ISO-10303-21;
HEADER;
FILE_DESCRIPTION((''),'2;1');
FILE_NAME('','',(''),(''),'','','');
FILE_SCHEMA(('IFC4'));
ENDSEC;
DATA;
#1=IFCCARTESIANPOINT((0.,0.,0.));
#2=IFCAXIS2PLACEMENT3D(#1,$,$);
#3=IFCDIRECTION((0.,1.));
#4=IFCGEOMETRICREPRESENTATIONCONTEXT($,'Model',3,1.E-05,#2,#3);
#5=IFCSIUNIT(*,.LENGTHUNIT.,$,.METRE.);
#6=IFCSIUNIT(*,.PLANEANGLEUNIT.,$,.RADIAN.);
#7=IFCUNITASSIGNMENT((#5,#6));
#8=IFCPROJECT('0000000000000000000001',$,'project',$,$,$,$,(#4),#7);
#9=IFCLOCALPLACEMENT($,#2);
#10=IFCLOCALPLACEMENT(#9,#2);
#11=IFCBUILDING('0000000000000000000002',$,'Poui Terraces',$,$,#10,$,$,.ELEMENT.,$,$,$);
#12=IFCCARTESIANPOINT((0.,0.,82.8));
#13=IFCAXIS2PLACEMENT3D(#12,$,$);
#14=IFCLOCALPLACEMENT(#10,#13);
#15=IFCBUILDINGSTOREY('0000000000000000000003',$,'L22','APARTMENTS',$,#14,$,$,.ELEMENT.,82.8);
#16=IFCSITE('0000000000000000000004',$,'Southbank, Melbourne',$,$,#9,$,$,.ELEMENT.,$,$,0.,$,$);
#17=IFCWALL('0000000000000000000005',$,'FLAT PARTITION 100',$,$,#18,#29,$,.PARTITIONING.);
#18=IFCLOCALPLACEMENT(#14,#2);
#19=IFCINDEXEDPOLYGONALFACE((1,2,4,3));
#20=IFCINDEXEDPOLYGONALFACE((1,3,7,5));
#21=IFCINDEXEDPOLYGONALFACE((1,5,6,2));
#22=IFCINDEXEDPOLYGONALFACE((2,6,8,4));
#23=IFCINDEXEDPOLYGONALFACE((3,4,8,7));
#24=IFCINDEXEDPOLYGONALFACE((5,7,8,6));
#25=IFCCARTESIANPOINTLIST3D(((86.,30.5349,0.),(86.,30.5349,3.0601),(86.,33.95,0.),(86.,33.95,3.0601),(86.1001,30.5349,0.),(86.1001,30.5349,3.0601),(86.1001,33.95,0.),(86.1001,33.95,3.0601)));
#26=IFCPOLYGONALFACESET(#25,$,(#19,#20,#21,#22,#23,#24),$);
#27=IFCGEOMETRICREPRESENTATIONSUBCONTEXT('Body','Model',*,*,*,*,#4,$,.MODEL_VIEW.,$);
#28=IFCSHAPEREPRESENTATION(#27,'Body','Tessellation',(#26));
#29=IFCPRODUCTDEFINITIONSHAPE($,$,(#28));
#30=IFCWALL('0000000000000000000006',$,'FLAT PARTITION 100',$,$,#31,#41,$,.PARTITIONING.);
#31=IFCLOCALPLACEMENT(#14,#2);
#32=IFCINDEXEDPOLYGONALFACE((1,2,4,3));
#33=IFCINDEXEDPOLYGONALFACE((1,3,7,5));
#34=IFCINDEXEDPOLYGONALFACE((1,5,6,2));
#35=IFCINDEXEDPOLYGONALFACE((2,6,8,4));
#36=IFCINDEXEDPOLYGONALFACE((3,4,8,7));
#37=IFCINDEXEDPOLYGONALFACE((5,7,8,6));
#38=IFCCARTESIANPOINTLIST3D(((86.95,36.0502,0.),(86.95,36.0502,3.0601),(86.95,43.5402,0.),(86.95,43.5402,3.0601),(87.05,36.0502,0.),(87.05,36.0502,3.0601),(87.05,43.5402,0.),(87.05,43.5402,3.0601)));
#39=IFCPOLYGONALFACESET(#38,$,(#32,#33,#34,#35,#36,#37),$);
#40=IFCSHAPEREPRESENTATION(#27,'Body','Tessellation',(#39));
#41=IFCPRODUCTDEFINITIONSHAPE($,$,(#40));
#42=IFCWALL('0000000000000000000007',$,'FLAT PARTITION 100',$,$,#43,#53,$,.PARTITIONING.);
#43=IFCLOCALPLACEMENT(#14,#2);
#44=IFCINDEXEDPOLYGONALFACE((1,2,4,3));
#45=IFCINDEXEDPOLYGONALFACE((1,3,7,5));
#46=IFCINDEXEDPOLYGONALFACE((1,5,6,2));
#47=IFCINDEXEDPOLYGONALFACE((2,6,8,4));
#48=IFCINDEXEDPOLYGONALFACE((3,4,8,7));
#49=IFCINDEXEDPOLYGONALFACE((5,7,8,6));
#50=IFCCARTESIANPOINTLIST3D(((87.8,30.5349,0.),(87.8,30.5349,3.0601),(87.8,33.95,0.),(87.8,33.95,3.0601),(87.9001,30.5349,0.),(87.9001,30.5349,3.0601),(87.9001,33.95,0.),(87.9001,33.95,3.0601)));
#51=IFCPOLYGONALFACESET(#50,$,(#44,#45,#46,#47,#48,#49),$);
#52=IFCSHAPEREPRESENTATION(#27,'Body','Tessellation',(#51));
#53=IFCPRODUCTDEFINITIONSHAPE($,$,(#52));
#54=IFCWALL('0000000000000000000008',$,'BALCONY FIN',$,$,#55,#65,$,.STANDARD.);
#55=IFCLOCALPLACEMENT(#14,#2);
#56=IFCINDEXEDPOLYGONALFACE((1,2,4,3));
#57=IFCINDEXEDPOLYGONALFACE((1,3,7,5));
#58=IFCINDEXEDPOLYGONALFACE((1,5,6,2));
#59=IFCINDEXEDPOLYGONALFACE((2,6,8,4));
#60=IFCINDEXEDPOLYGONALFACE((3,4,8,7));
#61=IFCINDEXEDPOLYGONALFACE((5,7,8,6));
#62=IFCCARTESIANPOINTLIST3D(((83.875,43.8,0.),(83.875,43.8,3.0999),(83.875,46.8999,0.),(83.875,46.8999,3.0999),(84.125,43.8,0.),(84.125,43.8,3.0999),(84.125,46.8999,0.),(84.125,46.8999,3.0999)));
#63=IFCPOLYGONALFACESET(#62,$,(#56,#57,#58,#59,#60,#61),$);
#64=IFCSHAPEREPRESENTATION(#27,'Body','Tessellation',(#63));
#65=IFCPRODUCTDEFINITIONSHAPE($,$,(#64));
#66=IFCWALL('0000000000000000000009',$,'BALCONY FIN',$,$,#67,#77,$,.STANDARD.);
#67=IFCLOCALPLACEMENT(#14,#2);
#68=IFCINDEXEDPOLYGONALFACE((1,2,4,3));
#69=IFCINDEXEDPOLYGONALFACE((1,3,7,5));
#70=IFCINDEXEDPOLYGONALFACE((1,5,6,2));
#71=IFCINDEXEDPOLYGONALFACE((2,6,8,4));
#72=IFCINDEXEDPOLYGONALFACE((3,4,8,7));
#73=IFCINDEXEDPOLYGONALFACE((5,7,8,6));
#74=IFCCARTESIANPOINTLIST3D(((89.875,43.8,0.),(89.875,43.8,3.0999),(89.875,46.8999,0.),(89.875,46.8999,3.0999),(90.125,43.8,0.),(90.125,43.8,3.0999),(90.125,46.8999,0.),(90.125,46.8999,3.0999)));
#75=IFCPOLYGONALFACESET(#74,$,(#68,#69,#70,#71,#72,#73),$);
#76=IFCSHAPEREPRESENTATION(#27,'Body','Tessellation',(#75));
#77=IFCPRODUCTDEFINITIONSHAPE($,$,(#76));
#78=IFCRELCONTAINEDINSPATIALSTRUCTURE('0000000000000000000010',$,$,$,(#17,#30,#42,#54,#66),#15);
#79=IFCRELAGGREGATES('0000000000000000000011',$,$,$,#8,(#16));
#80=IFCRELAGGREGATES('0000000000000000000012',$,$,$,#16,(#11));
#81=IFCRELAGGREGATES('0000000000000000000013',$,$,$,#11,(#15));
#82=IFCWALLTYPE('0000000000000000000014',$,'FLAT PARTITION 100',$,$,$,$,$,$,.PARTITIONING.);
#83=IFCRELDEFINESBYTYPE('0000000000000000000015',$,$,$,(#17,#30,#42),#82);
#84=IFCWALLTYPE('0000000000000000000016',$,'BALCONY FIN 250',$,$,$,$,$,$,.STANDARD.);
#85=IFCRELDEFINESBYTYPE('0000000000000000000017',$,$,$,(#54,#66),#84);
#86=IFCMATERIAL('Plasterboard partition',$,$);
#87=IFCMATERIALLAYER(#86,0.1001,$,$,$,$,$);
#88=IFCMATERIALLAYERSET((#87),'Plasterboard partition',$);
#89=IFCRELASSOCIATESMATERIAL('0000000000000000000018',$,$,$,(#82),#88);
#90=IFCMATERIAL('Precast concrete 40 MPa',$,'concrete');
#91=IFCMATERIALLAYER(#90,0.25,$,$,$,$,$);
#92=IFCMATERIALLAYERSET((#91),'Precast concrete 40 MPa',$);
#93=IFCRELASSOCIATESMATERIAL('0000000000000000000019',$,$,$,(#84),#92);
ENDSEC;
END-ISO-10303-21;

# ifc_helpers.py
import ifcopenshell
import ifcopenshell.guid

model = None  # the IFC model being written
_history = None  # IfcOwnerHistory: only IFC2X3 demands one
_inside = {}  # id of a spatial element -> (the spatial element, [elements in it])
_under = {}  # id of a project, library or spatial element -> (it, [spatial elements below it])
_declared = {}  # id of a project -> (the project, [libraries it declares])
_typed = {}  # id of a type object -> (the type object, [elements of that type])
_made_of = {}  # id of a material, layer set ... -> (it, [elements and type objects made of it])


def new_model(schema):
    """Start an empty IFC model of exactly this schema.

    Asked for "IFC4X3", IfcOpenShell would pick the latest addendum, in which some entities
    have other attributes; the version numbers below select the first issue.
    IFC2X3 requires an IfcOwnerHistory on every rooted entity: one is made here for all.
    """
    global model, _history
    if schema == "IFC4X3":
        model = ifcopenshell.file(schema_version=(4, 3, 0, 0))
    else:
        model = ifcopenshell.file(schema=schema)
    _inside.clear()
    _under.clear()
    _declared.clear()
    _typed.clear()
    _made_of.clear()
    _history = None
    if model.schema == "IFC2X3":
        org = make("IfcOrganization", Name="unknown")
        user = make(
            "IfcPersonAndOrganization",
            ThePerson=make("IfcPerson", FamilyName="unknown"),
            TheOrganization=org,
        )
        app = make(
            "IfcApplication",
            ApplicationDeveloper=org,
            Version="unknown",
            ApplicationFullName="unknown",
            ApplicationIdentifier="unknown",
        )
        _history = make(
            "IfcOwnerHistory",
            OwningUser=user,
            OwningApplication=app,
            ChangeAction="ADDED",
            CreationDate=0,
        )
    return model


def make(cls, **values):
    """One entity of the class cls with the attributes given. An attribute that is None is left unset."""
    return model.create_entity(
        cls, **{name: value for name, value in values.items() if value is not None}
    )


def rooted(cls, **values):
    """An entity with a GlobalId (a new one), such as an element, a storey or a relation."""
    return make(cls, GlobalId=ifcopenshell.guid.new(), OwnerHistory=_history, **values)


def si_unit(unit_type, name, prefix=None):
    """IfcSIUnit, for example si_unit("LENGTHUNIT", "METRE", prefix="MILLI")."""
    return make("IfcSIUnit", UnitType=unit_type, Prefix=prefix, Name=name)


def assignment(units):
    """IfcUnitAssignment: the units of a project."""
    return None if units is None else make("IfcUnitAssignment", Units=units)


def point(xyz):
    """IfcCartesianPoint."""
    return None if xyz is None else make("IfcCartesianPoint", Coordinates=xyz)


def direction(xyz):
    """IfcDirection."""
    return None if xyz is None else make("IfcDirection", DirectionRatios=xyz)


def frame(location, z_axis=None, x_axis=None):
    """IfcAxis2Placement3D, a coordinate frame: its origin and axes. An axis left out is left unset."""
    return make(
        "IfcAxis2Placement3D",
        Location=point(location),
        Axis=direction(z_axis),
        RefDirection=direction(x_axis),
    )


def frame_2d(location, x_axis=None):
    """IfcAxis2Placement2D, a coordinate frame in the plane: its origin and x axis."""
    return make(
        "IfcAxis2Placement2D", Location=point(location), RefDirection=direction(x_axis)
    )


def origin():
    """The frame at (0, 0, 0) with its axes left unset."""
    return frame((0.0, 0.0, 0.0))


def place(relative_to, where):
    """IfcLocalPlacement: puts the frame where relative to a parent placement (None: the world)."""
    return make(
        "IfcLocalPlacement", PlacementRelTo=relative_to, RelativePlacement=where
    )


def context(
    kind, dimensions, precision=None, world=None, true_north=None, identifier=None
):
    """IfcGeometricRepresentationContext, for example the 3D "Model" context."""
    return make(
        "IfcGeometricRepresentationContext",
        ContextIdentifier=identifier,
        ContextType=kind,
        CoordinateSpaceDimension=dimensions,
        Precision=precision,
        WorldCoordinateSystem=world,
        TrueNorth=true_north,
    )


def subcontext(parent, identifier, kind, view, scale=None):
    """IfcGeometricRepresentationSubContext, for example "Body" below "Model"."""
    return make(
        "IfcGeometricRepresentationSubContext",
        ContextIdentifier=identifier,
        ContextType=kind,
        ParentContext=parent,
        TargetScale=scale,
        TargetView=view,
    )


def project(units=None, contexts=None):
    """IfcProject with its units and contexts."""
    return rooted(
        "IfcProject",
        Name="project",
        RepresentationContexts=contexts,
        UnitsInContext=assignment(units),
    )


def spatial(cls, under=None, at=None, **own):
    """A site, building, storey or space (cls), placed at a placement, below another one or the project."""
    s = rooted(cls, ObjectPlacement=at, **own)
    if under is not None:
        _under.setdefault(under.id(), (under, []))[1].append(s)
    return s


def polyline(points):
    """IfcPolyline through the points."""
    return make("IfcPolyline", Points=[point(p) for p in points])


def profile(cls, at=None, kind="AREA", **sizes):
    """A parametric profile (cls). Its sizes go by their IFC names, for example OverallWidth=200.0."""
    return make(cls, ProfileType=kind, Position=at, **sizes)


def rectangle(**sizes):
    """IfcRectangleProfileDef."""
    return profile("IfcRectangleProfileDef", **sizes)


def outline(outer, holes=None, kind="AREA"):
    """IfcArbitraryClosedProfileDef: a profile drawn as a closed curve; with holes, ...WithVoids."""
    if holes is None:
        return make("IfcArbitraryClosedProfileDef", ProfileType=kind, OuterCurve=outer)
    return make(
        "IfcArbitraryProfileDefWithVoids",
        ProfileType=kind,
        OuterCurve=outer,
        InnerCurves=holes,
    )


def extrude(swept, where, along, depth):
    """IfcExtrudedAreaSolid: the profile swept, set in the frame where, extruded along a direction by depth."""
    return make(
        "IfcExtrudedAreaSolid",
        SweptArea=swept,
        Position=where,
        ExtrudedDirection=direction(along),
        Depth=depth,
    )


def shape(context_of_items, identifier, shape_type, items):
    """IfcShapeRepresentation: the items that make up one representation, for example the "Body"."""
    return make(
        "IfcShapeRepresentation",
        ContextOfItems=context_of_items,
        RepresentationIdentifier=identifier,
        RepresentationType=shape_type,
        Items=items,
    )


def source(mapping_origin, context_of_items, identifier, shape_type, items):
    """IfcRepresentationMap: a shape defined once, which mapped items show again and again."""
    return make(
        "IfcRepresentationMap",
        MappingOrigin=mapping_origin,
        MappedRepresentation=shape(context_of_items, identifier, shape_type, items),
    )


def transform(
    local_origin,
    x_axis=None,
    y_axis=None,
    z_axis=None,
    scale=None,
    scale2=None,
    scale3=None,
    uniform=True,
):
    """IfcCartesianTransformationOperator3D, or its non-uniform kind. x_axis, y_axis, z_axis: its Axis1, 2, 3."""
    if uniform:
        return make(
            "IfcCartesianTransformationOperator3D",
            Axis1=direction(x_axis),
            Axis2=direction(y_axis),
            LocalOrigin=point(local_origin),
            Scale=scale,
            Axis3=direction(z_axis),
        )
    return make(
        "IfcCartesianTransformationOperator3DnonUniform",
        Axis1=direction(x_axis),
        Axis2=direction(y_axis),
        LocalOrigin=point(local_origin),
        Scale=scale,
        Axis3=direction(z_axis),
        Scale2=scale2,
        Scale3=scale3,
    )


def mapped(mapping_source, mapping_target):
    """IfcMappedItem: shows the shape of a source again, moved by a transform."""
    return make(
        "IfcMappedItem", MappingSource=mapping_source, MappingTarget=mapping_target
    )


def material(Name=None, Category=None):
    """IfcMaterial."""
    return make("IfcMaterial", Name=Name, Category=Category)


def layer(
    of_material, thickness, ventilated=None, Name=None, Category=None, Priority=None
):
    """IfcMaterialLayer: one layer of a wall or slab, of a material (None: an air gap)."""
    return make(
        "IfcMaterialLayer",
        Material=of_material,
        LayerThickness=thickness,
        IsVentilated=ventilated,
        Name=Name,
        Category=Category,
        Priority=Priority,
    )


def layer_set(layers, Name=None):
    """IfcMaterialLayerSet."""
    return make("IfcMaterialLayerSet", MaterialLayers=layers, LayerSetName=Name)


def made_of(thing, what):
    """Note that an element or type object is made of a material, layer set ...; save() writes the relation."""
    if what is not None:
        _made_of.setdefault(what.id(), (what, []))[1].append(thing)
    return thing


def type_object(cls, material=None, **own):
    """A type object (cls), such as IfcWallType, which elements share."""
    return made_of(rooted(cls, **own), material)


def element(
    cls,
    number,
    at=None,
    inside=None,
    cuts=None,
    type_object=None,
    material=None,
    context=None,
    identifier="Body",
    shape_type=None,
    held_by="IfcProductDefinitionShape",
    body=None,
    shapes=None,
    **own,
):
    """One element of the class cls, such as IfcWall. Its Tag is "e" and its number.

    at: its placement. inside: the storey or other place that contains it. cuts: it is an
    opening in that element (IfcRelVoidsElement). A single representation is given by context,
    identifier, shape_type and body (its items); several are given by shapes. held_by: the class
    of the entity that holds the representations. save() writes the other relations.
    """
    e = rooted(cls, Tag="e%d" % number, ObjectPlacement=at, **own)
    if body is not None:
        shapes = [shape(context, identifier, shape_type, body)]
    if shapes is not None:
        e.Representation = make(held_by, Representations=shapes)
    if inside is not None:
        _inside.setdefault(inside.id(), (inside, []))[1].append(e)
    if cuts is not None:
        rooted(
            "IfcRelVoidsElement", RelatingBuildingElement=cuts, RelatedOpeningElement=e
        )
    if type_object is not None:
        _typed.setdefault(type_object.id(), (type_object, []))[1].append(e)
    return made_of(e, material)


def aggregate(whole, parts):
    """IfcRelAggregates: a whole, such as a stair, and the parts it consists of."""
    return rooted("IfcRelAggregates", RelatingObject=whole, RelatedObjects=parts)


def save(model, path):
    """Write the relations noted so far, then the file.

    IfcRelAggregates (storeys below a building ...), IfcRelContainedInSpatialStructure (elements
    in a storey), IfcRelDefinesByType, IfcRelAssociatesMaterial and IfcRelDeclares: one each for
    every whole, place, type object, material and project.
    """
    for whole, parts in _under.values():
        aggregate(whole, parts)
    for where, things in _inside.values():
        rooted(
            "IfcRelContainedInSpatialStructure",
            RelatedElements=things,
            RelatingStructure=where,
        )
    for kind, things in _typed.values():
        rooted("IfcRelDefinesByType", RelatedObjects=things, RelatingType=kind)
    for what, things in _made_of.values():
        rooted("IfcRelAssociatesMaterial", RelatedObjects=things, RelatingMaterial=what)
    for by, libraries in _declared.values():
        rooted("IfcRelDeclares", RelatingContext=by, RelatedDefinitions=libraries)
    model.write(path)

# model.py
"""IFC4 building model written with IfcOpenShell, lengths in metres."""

from ifc_helpers import new_model, si_unit, direction, frame, frame_2d, origin, place, context, subcontext, project, spatial, polyline, rectangle, outline, extrude, source, transform, mapped, material, layer, layer_set, type_object, element, save


model = new_model("IFC4")

# Units and contexts
model_context = context("Model", 3, precision=1e-05, world=origin(), true_north=direction((0.0, 1.0)))
body_context = subcontext(model_context, "Body", "Model", "MODEL_VIEW")
ifc_project = project(units=[si_unit("LENGTHUNIT", "METRE"), si_unit("PLANEANGLEUNIT", "RADIAN")], contexts=[model_context])

# Site, building, storey
site_placement = place(None, origin())
site = spatial("IfcSite", under=ifc_project, at=site_placement, Name="Southbank, Melbourne", CompositionType="ELEMENT", RefElevation=0.0)
building_placement = place(site_placement, origin())
building = spatial("IfcBuilding", under=site, at=building_placement, Name="Poui Terraces", CompositionType="ELEMENT")
storey_placement = place(building_placement, frame((0.0, 0.0, 82.8)))
storey = spatial("IfcBuildingStorey", under=building, at=storey_placement, Name="L22", Description="APARTMENTS", CompositionType="ELEMENT", Elevation=82.8)

# Shared definitions
ifc_material_1 = material(Name="Plasterboard partition")
ifc_layer_1 = layer(ifc_material_1, 0.1001)
ifc_layer_set_1 = layer_set([ifc_layer_1], Name="Plasterboard partition")
wall_type_1 = type_object("IfcWallType", Name="FLAT PARTITION 100", PredefinedType="PARTITIONING", material=ifc_layer_set_1)

# Walls
wall_1_placement = place(storey_placement, frame((86.05, 30.5349, 0.0), z_axis=(0.0, 0.0, 1.0), x_axis=(0.0, 1.0, 0.0)))
element("IfcWall", 1, at=wall_1_placement, inside=storey, type_object=wall_type_1, Name="FLAT PARTITION 100", PredefinedType="PARTITIONING", context=body_context, shape_type="SweptSolid", body=[
    extrude(rectangle(XDim=3.415, YDim=0.1001, at=frame_2d((1.7075, 0.0))), origin(), (0.0, 0.0, 1.0), 3.0601),
])
wall_2_placement = place(storey_placement, frame((87.0, 36.05, 0.0), z_axis=(0.0, 0.0, 1.0), x_axis=(0.0, 1.0, 0.0)))
element("IfcWall", 2, at=wall_2_placement, inside=storey, type_object=wall_type_1, Name="FLAT PARTITION 100", PredefinedType="PARTITIONING", context=body_context, shape_type="SweptSolid", body=[
    extrude(rectangle(XDim=7.49, YDim=0.1001, at=frame_2d((3.7451, 0.0))), origin(), (0.0, 0.0, 1.0), 3.0601),
])
wall_3_placement = place(storey_placement, frame((87.8501, 30.5349, 0.0), z_axis=(0.0, 0.0, 1.0), x_axis=(0.0, 1.0, 0.0)))
element("IfcWall", 3, at=wall_3_placement, inside=storey, type_object=wall_type_1, Name="FLAT PARTITION 100", PredefinedType="PARTITIONING", context=body_context, shape_type="SweptSolid", body=[
    extrude(rectangle(XDim=3.415, YDim=0.1001, at=frame_2d((1.7075, 0.0))), origin(), (0.0, 0.0, 1.0), 3.0601),
])
ifc_material_2 = material(Name="Precast concrete 40 MPa", Category="concrete")
ifc_layer_2 = layer(ifc_material_2, 0.25)
ifc_layer_set_2 = layer_set([ifc_layer_2], Name="Precast concrete 40 MPa")
wall_type_2 = type_object("IfcWallType", Name="BALCONY FIN 250", PredefinedType="STANDARD", material=ifc_layer_set_2)
shared_shape_1 = source(origin(), body_context, "Body", "SweptSolid", [
    extrude(outline(polyline([(0.0, 0.0), (0.25, 0.0), (0.25, 3.0999), (0.0, 3.0999), (0.0, 0.0)])), origin(), (0.0, 0.0, 1.0), 3.0999),
])
for number, where, name in (
    (4, (83.875, 43.8, 0.0), "BALCONY FIN"),
    (5, (89.875, 43.8, 0.0), "BALCONY FIN"),
):
    element("IfcWall", number, at=place(storey_placement, frame(where)), inside=storey, type_object=wall_type_2, Name=name, PredefinedType="STANDARD", context=body_context, shape_type="MappedRepresentation", body=[
        mapped(shared_shape_1, transform((0.0, 0.0, 0.0))),
    ])

save(model, "model.ifc")
